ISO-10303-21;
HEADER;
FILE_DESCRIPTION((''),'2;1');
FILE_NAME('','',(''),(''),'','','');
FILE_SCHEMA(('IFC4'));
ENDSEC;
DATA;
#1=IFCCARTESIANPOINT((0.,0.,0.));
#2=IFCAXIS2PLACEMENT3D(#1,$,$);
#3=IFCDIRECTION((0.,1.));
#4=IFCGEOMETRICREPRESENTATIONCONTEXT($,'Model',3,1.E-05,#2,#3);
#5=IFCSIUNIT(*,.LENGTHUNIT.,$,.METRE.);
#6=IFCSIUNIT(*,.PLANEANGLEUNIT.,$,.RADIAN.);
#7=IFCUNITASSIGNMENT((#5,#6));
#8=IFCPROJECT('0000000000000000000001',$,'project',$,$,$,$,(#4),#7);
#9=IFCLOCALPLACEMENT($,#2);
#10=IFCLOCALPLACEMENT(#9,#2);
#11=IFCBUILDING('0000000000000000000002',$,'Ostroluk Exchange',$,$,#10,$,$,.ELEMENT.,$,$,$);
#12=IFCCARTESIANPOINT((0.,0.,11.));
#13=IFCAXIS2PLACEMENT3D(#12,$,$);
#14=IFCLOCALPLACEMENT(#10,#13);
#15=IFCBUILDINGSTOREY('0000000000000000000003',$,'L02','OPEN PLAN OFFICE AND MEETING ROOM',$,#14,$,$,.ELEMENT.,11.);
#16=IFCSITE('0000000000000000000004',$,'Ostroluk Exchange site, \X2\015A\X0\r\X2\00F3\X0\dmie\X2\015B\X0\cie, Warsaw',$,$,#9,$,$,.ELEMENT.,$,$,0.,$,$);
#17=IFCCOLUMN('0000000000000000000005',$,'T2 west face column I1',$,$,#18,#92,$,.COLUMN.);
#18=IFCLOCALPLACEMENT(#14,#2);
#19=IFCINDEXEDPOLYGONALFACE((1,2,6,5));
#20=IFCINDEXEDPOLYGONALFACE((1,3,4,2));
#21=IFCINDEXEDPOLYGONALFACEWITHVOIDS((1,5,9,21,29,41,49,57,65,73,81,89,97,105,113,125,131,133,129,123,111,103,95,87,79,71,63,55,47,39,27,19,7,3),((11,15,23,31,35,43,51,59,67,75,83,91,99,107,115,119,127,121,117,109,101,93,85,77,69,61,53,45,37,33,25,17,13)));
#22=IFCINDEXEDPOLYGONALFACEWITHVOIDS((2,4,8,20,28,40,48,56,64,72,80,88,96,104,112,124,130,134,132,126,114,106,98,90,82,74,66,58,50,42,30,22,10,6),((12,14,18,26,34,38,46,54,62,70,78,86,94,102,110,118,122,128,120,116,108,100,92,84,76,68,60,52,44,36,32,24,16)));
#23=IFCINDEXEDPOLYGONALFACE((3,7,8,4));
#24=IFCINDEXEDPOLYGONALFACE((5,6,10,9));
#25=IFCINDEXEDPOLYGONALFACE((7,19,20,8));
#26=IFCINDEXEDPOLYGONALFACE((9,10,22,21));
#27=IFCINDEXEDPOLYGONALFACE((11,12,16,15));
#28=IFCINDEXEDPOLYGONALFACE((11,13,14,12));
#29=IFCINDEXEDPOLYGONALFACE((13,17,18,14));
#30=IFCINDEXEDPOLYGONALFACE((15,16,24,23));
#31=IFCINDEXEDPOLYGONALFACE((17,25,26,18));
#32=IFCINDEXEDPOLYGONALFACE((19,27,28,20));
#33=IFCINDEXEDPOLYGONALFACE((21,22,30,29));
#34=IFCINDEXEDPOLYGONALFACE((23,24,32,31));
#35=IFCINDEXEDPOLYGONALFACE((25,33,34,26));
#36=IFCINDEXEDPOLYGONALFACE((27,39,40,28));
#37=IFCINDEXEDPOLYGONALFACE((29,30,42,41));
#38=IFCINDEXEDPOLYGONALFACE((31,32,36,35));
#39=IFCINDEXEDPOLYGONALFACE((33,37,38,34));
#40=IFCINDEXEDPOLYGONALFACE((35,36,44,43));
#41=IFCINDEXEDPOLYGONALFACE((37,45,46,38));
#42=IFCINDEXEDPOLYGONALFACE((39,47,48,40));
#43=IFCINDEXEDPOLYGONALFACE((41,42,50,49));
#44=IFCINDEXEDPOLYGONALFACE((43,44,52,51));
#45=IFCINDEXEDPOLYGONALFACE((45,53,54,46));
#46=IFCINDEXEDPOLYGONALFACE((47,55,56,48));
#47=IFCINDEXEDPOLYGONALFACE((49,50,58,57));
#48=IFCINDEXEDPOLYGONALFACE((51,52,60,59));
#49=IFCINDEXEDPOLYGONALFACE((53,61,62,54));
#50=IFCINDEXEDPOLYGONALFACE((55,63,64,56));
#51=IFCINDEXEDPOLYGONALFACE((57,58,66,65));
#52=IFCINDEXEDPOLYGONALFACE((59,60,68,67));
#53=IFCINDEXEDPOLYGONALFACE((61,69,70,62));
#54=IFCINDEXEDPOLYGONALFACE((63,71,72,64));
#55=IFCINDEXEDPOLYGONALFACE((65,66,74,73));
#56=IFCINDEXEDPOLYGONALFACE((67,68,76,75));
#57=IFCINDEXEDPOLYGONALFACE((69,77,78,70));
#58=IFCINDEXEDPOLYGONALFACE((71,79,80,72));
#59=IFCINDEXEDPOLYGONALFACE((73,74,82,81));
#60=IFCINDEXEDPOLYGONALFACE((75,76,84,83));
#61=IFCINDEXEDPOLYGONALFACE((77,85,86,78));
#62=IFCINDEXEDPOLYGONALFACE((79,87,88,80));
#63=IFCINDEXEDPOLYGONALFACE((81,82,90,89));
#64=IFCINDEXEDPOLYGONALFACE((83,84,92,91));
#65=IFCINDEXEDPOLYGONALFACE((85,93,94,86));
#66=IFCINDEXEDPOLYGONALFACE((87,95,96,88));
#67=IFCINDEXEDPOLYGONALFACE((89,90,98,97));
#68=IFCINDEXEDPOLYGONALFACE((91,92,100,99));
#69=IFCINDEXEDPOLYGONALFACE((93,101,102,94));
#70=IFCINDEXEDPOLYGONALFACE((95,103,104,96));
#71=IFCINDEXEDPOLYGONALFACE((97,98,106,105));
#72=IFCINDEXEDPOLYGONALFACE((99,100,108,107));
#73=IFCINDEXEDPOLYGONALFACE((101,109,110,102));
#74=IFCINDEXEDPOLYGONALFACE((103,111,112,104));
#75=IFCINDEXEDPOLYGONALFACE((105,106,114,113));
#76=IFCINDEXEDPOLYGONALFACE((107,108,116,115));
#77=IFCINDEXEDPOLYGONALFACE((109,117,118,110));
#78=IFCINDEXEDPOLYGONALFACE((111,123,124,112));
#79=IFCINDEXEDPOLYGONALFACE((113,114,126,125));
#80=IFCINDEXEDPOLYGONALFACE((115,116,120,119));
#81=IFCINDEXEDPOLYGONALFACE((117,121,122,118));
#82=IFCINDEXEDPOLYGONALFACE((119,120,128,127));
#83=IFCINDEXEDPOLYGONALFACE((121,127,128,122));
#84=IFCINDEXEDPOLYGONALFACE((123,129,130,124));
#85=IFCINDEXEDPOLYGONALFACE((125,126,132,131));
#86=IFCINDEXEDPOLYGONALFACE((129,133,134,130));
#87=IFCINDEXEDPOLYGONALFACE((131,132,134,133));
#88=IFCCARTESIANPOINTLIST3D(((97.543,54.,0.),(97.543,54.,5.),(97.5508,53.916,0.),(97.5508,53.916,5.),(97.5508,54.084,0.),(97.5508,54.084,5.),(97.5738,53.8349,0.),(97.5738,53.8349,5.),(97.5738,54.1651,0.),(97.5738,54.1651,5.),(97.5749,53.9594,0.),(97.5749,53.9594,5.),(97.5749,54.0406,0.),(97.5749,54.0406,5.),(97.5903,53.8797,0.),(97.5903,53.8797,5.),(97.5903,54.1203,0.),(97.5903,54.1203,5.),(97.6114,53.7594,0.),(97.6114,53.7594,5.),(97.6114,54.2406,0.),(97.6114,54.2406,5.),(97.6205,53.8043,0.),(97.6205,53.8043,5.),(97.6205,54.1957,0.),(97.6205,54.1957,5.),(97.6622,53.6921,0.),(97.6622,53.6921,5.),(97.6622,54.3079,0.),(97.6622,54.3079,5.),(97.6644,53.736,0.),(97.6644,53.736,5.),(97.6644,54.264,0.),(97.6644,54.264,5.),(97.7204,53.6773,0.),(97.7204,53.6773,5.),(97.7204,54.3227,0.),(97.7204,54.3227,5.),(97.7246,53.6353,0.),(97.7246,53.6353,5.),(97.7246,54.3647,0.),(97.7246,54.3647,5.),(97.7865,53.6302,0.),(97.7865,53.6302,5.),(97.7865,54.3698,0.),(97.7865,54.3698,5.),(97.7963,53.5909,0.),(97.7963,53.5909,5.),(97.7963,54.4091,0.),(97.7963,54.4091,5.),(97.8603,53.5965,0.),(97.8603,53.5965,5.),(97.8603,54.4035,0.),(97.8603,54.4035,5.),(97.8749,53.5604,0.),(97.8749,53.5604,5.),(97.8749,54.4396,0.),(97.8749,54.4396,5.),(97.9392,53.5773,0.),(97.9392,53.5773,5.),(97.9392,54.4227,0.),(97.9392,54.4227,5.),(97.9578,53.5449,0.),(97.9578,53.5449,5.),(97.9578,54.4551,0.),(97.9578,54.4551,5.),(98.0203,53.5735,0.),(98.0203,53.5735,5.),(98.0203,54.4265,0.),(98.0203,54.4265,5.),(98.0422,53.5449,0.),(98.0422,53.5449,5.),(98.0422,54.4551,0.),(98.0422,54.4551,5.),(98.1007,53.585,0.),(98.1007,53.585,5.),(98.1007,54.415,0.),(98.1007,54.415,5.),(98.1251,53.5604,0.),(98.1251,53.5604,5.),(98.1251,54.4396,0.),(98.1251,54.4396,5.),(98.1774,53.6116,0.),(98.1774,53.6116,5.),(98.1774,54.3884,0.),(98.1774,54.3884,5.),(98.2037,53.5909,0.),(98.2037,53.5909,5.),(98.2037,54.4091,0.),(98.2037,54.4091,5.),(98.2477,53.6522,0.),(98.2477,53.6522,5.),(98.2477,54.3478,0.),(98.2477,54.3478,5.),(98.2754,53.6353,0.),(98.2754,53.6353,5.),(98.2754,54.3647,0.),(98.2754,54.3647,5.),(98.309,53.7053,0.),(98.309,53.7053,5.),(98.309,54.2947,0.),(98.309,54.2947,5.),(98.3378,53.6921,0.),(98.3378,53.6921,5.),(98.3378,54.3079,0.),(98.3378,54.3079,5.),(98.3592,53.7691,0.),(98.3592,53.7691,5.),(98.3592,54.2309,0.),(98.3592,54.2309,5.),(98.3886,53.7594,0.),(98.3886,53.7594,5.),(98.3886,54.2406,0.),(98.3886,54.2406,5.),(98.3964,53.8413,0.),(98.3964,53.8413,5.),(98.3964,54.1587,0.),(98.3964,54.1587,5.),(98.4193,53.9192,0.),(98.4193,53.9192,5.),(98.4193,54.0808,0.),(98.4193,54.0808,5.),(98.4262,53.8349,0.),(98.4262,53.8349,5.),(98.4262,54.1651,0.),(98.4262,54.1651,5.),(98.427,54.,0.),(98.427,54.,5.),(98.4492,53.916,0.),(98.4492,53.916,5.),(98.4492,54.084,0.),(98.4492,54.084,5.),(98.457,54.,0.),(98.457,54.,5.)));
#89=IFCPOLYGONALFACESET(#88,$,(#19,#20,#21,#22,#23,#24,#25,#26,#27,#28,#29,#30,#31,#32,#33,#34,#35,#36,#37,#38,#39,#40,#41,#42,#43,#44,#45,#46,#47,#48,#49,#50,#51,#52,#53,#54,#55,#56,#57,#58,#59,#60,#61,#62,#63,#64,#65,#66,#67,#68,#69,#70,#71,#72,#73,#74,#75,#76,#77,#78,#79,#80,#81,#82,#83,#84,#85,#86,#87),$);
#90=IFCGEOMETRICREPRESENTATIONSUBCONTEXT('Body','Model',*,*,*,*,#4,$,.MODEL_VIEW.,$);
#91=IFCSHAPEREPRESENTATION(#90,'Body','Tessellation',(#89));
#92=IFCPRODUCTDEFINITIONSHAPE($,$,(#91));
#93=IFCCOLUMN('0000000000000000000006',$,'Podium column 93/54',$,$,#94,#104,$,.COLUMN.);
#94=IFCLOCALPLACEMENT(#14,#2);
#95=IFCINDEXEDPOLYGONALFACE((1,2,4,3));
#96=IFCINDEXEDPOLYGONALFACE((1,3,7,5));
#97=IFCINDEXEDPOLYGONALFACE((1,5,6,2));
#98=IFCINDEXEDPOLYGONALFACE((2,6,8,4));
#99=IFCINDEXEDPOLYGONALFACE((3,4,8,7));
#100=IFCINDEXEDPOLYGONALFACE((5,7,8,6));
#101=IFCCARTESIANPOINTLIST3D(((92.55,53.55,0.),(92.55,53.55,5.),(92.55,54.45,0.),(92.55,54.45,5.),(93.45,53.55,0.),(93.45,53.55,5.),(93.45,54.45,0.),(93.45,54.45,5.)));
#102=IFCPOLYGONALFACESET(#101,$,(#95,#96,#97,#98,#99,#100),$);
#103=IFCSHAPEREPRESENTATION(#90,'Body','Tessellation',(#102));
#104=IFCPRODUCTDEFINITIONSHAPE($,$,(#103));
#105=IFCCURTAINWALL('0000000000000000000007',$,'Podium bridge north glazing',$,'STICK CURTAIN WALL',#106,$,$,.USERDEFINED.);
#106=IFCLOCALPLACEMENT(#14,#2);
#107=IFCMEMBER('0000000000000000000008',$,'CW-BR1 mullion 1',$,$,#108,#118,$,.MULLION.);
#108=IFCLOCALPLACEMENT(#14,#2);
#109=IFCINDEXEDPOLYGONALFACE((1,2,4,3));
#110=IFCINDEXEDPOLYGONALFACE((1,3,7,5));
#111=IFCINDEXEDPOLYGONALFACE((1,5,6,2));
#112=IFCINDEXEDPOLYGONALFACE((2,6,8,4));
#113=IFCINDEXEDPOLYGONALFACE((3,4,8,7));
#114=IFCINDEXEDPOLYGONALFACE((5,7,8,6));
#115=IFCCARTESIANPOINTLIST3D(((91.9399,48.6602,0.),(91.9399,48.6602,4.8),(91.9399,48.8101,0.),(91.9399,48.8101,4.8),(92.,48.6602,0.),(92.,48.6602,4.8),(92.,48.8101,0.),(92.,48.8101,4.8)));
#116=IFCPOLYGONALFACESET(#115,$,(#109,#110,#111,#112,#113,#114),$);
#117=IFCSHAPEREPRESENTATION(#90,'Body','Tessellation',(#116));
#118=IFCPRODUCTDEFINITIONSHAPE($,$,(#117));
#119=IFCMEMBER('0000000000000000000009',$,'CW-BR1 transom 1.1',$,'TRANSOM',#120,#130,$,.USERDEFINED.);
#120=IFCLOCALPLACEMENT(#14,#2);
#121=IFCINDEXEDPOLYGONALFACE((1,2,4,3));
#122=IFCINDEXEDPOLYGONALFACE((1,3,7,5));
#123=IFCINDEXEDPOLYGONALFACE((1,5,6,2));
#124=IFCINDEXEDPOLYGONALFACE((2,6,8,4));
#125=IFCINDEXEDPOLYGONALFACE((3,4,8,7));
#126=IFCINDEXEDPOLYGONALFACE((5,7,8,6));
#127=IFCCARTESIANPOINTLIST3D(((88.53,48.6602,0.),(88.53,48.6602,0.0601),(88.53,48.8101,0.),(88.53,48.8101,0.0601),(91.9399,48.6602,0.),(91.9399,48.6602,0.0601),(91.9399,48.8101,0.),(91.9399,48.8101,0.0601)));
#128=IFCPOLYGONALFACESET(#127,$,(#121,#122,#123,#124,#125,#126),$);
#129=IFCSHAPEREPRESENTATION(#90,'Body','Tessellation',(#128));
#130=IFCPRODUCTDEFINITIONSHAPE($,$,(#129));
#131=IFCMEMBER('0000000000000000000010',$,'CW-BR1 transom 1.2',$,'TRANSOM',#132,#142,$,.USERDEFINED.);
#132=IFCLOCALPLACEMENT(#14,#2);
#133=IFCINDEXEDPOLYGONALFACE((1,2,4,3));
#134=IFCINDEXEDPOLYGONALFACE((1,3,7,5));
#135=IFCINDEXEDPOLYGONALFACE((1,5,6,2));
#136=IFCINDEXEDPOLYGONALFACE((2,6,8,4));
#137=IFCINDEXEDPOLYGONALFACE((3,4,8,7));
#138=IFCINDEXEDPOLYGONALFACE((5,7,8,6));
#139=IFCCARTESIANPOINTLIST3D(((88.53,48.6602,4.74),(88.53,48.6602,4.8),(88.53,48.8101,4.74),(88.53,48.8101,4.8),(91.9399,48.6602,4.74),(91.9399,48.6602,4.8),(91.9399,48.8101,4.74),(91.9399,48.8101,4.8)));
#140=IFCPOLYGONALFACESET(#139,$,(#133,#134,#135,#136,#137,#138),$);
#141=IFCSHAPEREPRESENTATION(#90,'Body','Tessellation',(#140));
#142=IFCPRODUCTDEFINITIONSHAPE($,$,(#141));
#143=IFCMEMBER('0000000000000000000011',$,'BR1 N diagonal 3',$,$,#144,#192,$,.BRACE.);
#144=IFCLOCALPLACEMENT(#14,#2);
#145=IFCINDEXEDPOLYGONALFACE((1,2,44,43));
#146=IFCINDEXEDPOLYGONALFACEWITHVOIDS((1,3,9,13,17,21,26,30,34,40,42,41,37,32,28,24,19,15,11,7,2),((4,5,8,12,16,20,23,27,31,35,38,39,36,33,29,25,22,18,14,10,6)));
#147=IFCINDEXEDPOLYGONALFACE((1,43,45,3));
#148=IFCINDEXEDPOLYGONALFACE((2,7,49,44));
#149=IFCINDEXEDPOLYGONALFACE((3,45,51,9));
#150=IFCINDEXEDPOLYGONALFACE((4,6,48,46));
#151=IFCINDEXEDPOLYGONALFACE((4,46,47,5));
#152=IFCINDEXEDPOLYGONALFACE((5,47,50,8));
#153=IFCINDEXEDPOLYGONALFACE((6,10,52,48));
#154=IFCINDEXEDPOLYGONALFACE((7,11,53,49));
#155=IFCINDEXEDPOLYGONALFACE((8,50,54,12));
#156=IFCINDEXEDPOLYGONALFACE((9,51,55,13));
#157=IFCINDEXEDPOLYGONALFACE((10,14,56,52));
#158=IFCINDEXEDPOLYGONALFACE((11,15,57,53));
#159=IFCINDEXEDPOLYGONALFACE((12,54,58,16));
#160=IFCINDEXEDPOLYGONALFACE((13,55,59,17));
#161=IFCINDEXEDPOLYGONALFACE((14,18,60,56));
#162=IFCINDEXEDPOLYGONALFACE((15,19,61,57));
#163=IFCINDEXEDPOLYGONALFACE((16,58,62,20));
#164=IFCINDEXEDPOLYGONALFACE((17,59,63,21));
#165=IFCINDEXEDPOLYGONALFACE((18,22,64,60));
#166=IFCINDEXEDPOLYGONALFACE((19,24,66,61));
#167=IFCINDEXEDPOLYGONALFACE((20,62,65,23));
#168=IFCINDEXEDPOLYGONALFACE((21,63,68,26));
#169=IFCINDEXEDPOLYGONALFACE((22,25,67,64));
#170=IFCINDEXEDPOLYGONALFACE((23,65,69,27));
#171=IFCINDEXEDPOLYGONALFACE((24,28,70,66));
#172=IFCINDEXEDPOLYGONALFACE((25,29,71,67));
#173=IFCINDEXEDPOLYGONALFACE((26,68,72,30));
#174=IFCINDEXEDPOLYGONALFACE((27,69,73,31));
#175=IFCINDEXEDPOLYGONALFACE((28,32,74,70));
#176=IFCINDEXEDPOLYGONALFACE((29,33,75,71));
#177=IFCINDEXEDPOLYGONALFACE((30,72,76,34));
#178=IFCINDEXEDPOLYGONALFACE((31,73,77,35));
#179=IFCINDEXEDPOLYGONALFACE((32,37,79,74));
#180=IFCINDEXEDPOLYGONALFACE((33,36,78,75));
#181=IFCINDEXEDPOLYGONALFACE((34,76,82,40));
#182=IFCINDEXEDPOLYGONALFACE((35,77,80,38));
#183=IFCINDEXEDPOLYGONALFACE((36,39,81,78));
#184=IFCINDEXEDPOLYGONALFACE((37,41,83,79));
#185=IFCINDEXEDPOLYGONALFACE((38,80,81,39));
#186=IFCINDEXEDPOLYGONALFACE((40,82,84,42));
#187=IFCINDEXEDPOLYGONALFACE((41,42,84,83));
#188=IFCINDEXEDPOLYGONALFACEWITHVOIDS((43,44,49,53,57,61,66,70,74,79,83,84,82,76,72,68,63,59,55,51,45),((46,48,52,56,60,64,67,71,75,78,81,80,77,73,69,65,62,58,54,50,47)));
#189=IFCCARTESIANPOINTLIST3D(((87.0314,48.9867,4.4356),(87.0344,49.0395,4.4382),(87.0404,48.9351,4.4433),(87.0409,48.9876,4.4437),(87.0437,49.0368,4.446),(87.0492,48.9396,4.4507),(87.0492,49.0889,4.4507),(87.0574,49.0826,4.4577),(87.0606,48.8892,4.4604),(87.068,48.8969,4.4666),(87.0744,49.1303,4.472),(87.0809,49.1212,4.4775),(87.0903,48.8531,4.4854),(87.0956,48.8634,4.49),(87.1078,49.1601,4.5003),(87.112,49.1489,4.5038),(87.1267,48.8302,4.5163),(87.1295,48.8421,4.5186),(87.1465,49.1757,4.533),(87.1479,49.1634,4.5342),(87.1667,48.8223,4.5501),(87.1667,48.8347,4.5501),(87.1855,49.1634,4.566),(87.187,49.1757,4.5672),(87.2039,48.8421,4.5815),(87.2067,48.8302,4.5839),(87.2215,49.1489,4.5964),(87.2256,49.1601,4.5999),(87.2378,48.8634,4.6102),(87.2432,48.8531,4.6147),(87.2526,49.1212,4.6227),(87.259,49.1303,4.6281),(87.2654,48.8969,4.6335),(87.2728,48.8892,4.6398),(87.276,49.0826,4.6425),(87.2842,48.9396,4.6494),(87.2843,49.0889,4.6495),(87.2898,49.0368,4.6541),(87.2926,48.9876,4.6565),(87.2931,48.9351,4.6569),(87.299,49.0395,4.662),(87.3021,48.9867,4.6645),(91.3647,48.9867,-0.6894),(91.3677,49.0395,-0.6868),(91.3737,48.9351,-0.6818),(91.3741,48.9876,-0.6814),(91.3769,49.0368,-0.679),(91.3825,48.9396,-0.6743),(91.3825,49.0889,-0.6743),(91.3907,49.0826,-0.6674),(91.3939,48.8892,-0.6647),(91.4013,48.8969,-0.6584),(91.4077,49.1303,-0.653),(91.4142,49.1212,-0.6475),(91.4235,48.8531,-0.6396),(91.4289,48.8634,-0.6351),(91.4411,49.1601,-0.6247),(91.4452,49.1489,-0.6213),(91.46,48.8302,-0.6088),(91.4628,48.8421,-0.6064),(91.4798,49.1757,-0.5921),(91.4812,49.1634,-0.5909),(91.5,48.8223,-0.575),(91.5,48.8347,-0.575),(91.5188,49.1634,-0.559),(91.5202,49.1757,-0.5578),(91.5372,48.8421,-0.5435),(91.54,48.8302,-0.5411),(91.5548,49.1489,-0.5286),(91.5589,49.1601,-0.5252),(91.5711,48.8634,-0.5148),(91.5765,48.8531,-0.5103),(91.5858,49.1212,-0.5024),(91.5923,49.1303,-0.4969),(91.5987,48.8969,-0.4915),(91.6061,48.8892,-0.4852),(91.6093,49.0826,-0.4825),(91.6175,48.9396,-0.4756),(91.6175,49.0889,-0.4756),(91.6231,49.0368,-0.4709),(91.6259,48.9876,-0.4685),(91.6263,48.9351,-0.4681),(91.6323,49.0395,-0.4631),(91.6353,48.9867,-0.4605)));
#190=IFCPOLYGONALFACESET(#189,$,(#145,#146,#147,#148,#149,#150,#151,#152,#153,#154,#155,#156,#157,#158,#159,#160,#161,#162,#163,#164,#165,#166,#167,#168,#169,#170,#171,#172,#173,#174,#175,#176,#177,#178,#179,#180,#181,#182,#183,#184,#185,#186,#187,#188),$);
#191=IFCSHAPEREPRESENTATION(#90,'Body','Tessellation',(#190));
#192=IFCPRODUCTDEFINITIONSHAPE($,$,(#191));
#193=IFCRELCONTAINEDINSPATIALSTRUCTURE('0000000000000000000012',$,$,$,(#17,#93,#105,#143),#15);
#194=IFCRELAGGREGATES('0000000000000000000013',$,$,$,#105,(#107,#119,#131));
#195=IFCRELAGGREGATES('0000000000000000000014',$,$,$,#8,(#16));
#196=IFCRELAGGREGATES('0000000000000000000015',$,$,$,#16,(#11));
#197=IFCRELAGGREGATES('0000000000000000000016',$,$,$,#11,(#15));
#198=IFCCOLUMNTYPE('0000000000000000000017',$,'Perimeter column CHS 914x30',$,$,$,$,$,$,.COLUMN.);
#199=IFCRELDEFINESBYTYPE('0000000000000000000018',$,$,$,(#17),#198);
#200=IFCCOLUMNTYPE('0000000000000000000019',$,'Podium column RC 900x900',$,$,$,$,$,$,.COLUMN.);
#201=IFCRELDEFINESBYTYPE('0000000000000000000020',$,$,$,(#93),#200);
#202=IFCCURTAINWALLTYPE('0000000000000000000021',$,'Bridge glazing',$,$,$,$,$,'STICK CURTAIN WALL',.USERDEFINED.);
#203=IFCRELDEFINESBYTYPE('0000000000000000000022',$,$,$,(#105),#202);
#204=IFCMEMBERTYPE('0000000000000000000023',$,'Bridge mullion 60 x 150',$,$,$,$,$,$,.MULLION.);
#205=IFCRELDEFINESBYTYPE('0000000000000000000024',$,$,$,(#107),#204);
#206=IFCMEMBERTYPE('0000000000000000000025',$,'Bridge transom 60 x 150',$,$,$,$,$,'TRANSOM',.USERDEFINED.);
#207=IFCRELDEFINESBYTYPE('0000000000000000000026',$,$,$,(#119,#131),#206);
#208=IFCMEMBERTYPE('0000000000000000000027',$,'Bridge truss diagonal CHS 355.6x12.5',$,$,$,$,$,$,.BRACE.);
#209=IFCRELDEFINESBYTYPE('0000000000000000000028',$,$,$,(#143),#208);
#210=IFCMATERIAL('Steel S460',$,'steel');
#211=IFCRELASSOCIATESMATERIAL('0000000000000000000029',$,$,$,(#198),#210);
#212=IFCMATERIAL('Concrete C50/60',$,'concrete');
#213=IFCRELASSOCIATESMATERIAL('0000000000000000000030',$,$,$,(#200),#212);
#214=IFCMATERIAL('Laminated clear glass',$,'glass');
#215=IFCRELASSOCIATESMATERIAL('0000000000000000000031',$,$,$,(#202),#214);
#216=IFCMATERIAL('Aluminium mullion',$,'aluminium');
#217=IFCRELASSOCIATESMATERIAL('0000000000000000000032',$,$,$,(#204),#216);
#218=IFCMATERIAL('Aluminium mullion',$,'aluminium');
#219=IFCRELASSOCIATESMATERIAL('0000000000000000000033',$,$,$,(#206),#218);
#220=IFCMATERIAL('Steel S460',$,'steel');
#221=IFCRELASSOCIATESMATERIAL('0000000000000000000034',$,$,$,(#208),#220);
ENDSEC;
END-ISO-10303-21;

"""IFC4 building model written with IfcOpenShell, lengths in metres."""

from ifc_helpers import new_model, si_unit, direction, frame, origin, origin_2d, place, context, subcontext, project, spatial, rectangle, hollow_circle, extrude, material, material_profile, profile_set, type_object, element, aggregate, save


model = new_model("IFC4")

# Units and contexts
model_context = context("Model", 3, precision=1e-05, world=origin(), true_north=direction((0.0, 1.0)))
body_context = subcontext(model_context, "Body", "Model", "MODEL_VIEW")
ifc_project = project(units=[si_unit("LENGTHUNIT", "METRE"), si_unit("PLANEANGLEUNIT", "RADIAN")], contexts=[model_context])

# Site, building, storey
site_placement = place(None, origin())
site = spatial("IfcSite", under=ifc_project, at=site_placement, Name="Ostroluk Exchange site, Śródmieście, Warsaw", CompositionType="ELEMENT", RefElevation=0.0)
building_placement = place(site_placement, origin())
building = spatial("IfcBuilding", under=site, at=building_placement, Name="Ostroluk Exchange", CompositionType="ELEMENT")
storey_placement = place(building_placement, frame((0.0, 0.0, 11.0)))
storey = spatial("IfcBuildingStorey", under=building, at=storey_placement, Name="L02", Description="OPEN PLAN OFFICE AND MEETING ROOM", CompositionType="ELEMENT", Elevation=11.0)

# Columns
ifc_material_1 = material(Name="Steel S460", Category="steel")
ifc_material_profile_1 = material_profile(ifc_material_1, hollow_circle(Radius=0.457, WallThickness=0.03, at=origin_2d()), Name="CHS 914x30")
ifc_profile_set_1 = profile_set([ifc_material_profile_1], Name="Steel S460")
column_type_1 = type_object("IfcColumnType", Name="Perimeter column CHS 914x30", PredefinedType="COLUMN", material=ifc_profile_set_1)
column_1_placement = place(storey_placement, frame((98.0, 54.0, 0.0), z_axis=(0.0, 0.0, 1.0), x_axis=(1.0, 0.0, 0.0)))
element("IfcColumn", 1, at=column_1_placement, inside=storey, type_object=column_type_1, Name="T2 west face column I1", PredefinedType="COLUMN", context=body_context, shape_type="SweptSolid", body=[
    extrude(hollow_circle(Radius=0.457, WallThickness=0.03, at=origin_2d()), origin(), (0.0, 0.0, 1.0), 5.0),
])
ifc_material_2 = material(Name="Concrete C50/60", Category="concrete")
ifc_material_profile_2 = material_profile(ifc_material_2, rectangle(XDim=0.8999, YDim=0.8999, at=origin_2d()), Name="RC 900x900")
ifc_profile_set_2 = profile_set([ifc_material_profile_2], Name="Concrete C50/60")
column_type_2 = type_object("IfcColumnType", Name="Podium column RC 900x900", PredefinedType="COLUMN", material=ifc_profile_set_2)
column_2_placement = place(storey_placement, frame((93.0, 54.0, 0.0), z_axis=(0.0, 0.0, 1.0), x_axis=(1.0, 0.0, 0.0)))
element("IfcColumn", 2, at=column_2_placement, inside=storey, type_object=column_type_2, Name="Podium column 93/54", PredefinedType="COLUMN", context=body_context, shape_type="SweptSolid", body=[
    extrude(rectangle(XDim=0.8999, YDim=0.8999, at=origin_2d()), origin(), (0.0, 0.0, 1.0), 5.0),
])

# Curtain wall, members
ifc_material_3 = material(Name="Laminated clear glass", Category="glass")
curtain_wall_type = type_object("IfcCurtainWallType", Name="Bridge glazing", ElementType="STICK CURTAIN WALL", PredefinedType="USERDEFINED", material=ifc_material_3)
curtain_wall_placement = place(storey_placement, origin())
curtain_wall = element("IfcCurtainWall", 3, at=curtain_wall_placement, inside=storey, type_object=curtain_wall_type, Name="Podium bridge north glazing", ObjectType="STICK CURTAIN WALL", PredefinedType="USERDEFINED")
ifc_material_4 = material(Name="Aluminium mullion", Category="aluminium")
ifc_material_profile_3 = material_profile(ifc_material_4, rectangle(XDim=0.1499, YDim=0.0601, at=origin_2d()), Name="Bridge mullion 60 x 150")
ifc_profile_set_3 = profile_set([ifc_material_profile_3], Name="Aluminium mullion")
member_type_1 = type_object("IfcMemberType", Name="Bridge mullion 60 x 150", PredefinedType="MULLION", material=ifc_profile_set_3)
member_1_placement = place(storey_placement, frame((91.97, 48.7351, 0.0), z_axis=(0.0, 0.0, 1.0), x_axis=(0.0, -1.0, 0.0)))
member_1 = element("IfcMember", 4, at=member_1_placement, type_object=member_type_1, Name="CW-BR1 mullion 1", PredefinedType="MULLION", context=body_context, shape_type="SweptSolid", body=[
    extrude(rectangle(XDim=0.1499, YDim=0.0601, at=origin_2d()), origin(), (0.0, 0.0, 1.0), 4.8),
])
ifc_material_5 = material(Name="Aluminium mullion", Category="aluminium")
ifc_material_profile_4 = material_profile(ifc_material_5, rectangle(XDim=0.1499, YDim=0.0601, at=origin_2d()), Name="Bridge transom 60 x 150")
ifc_profile_set_4 = profile_set([ifc_material_profile_4], Name="Aluminium mullion")
member_type_2 = type_object("IfcMemberType", Name="Bridge transom 60 x 150", ElementType="TRANSOM", PredefinedType="USERDEFINED", material=ifc_profile_set_4)
member_2_placement = place(storey_placement, frame((91.9399, 48.7351, 0.03), z_axis=(-1.0, 0.0, 0.0), x_axis=(0.0, -1.0, 0.0)))
member_2 = element("IfcMember", 5, at=member_2_placement, type_object=member_type_2, Name="CW-BR1 transom 1.1", ObjectType="TRANSOM", PredefinedType="USERDEFINED", context=body_context, shape_type="SweptSolid", body=[
    extrude(rectangle(XDim=0.1499, YDim=0.0601, at=origin_2d()), origin(), (0.0, 0.0, 1.0), 3.4099),
])
member_3_placement = place(storey_placement, frame((91.9399, 48.7351, 4.77), z_axis=(-1.0, 0.0, 0.0), x_axis=(0.0, -1.0, 0.0)))
member_3 = element("IfcMember", 6, at=member_3_placement, type_object=member_type_2, Name="CW-BR1 transom 1.2", ObjectType="TRANSOM", PredefinedType="USERDEFINED", context=body_context, shape_type="SweptSolid", body=[
    extrude(rectangle(XDim=0.1499, YDim=0.0601, at=origin_2d()), origin(), (0.0, 0.0, 1.0), 3.4099),
])
aggregate(curtain_wall, [member_1, member_2, member_3])

# Member
ifc_material_6 = material(Name="Steel S460", Category="steel")
ifc_material_profile_5 = material_profile(ifc_material_6, hollow_circle(Radius=0.1777, WallThickness=0.0125, at=origin_2d()), Name="CHS 355.6x12.5")
ifc_profile_set_5 = profile_set([ifc_material_profile_5], Name="Steel S460")
member_type_3 = type_object("IfcMemberType", Name="Bridge truss diagonal CHS 355.6x12.5", PredefinedType="BRACE", material=ifc_profile_set_5)
member_4_placement = place(storey_placement, frame((91.5, 49.0, -0.575), z_axis=(-0.645657, 0.0, 0.763628), x_axis=(0.0, -1.0, 0.0)))
element("IfcMember", 7, at=member_4_placement, inside=storey, type_object=member_type_3, Name="BR1 N diagonal 3", PredefinedType="BRACE", context=body_context, shape_type="SweptSolid", body=[
    extrude(hollow_circle(Radius=0.1777, WallThickness=0.0125, at=origin_2d()), origin(), (0.0, 0.0, 1.0), 6.7114),
])

save(model, "model.ifc")
